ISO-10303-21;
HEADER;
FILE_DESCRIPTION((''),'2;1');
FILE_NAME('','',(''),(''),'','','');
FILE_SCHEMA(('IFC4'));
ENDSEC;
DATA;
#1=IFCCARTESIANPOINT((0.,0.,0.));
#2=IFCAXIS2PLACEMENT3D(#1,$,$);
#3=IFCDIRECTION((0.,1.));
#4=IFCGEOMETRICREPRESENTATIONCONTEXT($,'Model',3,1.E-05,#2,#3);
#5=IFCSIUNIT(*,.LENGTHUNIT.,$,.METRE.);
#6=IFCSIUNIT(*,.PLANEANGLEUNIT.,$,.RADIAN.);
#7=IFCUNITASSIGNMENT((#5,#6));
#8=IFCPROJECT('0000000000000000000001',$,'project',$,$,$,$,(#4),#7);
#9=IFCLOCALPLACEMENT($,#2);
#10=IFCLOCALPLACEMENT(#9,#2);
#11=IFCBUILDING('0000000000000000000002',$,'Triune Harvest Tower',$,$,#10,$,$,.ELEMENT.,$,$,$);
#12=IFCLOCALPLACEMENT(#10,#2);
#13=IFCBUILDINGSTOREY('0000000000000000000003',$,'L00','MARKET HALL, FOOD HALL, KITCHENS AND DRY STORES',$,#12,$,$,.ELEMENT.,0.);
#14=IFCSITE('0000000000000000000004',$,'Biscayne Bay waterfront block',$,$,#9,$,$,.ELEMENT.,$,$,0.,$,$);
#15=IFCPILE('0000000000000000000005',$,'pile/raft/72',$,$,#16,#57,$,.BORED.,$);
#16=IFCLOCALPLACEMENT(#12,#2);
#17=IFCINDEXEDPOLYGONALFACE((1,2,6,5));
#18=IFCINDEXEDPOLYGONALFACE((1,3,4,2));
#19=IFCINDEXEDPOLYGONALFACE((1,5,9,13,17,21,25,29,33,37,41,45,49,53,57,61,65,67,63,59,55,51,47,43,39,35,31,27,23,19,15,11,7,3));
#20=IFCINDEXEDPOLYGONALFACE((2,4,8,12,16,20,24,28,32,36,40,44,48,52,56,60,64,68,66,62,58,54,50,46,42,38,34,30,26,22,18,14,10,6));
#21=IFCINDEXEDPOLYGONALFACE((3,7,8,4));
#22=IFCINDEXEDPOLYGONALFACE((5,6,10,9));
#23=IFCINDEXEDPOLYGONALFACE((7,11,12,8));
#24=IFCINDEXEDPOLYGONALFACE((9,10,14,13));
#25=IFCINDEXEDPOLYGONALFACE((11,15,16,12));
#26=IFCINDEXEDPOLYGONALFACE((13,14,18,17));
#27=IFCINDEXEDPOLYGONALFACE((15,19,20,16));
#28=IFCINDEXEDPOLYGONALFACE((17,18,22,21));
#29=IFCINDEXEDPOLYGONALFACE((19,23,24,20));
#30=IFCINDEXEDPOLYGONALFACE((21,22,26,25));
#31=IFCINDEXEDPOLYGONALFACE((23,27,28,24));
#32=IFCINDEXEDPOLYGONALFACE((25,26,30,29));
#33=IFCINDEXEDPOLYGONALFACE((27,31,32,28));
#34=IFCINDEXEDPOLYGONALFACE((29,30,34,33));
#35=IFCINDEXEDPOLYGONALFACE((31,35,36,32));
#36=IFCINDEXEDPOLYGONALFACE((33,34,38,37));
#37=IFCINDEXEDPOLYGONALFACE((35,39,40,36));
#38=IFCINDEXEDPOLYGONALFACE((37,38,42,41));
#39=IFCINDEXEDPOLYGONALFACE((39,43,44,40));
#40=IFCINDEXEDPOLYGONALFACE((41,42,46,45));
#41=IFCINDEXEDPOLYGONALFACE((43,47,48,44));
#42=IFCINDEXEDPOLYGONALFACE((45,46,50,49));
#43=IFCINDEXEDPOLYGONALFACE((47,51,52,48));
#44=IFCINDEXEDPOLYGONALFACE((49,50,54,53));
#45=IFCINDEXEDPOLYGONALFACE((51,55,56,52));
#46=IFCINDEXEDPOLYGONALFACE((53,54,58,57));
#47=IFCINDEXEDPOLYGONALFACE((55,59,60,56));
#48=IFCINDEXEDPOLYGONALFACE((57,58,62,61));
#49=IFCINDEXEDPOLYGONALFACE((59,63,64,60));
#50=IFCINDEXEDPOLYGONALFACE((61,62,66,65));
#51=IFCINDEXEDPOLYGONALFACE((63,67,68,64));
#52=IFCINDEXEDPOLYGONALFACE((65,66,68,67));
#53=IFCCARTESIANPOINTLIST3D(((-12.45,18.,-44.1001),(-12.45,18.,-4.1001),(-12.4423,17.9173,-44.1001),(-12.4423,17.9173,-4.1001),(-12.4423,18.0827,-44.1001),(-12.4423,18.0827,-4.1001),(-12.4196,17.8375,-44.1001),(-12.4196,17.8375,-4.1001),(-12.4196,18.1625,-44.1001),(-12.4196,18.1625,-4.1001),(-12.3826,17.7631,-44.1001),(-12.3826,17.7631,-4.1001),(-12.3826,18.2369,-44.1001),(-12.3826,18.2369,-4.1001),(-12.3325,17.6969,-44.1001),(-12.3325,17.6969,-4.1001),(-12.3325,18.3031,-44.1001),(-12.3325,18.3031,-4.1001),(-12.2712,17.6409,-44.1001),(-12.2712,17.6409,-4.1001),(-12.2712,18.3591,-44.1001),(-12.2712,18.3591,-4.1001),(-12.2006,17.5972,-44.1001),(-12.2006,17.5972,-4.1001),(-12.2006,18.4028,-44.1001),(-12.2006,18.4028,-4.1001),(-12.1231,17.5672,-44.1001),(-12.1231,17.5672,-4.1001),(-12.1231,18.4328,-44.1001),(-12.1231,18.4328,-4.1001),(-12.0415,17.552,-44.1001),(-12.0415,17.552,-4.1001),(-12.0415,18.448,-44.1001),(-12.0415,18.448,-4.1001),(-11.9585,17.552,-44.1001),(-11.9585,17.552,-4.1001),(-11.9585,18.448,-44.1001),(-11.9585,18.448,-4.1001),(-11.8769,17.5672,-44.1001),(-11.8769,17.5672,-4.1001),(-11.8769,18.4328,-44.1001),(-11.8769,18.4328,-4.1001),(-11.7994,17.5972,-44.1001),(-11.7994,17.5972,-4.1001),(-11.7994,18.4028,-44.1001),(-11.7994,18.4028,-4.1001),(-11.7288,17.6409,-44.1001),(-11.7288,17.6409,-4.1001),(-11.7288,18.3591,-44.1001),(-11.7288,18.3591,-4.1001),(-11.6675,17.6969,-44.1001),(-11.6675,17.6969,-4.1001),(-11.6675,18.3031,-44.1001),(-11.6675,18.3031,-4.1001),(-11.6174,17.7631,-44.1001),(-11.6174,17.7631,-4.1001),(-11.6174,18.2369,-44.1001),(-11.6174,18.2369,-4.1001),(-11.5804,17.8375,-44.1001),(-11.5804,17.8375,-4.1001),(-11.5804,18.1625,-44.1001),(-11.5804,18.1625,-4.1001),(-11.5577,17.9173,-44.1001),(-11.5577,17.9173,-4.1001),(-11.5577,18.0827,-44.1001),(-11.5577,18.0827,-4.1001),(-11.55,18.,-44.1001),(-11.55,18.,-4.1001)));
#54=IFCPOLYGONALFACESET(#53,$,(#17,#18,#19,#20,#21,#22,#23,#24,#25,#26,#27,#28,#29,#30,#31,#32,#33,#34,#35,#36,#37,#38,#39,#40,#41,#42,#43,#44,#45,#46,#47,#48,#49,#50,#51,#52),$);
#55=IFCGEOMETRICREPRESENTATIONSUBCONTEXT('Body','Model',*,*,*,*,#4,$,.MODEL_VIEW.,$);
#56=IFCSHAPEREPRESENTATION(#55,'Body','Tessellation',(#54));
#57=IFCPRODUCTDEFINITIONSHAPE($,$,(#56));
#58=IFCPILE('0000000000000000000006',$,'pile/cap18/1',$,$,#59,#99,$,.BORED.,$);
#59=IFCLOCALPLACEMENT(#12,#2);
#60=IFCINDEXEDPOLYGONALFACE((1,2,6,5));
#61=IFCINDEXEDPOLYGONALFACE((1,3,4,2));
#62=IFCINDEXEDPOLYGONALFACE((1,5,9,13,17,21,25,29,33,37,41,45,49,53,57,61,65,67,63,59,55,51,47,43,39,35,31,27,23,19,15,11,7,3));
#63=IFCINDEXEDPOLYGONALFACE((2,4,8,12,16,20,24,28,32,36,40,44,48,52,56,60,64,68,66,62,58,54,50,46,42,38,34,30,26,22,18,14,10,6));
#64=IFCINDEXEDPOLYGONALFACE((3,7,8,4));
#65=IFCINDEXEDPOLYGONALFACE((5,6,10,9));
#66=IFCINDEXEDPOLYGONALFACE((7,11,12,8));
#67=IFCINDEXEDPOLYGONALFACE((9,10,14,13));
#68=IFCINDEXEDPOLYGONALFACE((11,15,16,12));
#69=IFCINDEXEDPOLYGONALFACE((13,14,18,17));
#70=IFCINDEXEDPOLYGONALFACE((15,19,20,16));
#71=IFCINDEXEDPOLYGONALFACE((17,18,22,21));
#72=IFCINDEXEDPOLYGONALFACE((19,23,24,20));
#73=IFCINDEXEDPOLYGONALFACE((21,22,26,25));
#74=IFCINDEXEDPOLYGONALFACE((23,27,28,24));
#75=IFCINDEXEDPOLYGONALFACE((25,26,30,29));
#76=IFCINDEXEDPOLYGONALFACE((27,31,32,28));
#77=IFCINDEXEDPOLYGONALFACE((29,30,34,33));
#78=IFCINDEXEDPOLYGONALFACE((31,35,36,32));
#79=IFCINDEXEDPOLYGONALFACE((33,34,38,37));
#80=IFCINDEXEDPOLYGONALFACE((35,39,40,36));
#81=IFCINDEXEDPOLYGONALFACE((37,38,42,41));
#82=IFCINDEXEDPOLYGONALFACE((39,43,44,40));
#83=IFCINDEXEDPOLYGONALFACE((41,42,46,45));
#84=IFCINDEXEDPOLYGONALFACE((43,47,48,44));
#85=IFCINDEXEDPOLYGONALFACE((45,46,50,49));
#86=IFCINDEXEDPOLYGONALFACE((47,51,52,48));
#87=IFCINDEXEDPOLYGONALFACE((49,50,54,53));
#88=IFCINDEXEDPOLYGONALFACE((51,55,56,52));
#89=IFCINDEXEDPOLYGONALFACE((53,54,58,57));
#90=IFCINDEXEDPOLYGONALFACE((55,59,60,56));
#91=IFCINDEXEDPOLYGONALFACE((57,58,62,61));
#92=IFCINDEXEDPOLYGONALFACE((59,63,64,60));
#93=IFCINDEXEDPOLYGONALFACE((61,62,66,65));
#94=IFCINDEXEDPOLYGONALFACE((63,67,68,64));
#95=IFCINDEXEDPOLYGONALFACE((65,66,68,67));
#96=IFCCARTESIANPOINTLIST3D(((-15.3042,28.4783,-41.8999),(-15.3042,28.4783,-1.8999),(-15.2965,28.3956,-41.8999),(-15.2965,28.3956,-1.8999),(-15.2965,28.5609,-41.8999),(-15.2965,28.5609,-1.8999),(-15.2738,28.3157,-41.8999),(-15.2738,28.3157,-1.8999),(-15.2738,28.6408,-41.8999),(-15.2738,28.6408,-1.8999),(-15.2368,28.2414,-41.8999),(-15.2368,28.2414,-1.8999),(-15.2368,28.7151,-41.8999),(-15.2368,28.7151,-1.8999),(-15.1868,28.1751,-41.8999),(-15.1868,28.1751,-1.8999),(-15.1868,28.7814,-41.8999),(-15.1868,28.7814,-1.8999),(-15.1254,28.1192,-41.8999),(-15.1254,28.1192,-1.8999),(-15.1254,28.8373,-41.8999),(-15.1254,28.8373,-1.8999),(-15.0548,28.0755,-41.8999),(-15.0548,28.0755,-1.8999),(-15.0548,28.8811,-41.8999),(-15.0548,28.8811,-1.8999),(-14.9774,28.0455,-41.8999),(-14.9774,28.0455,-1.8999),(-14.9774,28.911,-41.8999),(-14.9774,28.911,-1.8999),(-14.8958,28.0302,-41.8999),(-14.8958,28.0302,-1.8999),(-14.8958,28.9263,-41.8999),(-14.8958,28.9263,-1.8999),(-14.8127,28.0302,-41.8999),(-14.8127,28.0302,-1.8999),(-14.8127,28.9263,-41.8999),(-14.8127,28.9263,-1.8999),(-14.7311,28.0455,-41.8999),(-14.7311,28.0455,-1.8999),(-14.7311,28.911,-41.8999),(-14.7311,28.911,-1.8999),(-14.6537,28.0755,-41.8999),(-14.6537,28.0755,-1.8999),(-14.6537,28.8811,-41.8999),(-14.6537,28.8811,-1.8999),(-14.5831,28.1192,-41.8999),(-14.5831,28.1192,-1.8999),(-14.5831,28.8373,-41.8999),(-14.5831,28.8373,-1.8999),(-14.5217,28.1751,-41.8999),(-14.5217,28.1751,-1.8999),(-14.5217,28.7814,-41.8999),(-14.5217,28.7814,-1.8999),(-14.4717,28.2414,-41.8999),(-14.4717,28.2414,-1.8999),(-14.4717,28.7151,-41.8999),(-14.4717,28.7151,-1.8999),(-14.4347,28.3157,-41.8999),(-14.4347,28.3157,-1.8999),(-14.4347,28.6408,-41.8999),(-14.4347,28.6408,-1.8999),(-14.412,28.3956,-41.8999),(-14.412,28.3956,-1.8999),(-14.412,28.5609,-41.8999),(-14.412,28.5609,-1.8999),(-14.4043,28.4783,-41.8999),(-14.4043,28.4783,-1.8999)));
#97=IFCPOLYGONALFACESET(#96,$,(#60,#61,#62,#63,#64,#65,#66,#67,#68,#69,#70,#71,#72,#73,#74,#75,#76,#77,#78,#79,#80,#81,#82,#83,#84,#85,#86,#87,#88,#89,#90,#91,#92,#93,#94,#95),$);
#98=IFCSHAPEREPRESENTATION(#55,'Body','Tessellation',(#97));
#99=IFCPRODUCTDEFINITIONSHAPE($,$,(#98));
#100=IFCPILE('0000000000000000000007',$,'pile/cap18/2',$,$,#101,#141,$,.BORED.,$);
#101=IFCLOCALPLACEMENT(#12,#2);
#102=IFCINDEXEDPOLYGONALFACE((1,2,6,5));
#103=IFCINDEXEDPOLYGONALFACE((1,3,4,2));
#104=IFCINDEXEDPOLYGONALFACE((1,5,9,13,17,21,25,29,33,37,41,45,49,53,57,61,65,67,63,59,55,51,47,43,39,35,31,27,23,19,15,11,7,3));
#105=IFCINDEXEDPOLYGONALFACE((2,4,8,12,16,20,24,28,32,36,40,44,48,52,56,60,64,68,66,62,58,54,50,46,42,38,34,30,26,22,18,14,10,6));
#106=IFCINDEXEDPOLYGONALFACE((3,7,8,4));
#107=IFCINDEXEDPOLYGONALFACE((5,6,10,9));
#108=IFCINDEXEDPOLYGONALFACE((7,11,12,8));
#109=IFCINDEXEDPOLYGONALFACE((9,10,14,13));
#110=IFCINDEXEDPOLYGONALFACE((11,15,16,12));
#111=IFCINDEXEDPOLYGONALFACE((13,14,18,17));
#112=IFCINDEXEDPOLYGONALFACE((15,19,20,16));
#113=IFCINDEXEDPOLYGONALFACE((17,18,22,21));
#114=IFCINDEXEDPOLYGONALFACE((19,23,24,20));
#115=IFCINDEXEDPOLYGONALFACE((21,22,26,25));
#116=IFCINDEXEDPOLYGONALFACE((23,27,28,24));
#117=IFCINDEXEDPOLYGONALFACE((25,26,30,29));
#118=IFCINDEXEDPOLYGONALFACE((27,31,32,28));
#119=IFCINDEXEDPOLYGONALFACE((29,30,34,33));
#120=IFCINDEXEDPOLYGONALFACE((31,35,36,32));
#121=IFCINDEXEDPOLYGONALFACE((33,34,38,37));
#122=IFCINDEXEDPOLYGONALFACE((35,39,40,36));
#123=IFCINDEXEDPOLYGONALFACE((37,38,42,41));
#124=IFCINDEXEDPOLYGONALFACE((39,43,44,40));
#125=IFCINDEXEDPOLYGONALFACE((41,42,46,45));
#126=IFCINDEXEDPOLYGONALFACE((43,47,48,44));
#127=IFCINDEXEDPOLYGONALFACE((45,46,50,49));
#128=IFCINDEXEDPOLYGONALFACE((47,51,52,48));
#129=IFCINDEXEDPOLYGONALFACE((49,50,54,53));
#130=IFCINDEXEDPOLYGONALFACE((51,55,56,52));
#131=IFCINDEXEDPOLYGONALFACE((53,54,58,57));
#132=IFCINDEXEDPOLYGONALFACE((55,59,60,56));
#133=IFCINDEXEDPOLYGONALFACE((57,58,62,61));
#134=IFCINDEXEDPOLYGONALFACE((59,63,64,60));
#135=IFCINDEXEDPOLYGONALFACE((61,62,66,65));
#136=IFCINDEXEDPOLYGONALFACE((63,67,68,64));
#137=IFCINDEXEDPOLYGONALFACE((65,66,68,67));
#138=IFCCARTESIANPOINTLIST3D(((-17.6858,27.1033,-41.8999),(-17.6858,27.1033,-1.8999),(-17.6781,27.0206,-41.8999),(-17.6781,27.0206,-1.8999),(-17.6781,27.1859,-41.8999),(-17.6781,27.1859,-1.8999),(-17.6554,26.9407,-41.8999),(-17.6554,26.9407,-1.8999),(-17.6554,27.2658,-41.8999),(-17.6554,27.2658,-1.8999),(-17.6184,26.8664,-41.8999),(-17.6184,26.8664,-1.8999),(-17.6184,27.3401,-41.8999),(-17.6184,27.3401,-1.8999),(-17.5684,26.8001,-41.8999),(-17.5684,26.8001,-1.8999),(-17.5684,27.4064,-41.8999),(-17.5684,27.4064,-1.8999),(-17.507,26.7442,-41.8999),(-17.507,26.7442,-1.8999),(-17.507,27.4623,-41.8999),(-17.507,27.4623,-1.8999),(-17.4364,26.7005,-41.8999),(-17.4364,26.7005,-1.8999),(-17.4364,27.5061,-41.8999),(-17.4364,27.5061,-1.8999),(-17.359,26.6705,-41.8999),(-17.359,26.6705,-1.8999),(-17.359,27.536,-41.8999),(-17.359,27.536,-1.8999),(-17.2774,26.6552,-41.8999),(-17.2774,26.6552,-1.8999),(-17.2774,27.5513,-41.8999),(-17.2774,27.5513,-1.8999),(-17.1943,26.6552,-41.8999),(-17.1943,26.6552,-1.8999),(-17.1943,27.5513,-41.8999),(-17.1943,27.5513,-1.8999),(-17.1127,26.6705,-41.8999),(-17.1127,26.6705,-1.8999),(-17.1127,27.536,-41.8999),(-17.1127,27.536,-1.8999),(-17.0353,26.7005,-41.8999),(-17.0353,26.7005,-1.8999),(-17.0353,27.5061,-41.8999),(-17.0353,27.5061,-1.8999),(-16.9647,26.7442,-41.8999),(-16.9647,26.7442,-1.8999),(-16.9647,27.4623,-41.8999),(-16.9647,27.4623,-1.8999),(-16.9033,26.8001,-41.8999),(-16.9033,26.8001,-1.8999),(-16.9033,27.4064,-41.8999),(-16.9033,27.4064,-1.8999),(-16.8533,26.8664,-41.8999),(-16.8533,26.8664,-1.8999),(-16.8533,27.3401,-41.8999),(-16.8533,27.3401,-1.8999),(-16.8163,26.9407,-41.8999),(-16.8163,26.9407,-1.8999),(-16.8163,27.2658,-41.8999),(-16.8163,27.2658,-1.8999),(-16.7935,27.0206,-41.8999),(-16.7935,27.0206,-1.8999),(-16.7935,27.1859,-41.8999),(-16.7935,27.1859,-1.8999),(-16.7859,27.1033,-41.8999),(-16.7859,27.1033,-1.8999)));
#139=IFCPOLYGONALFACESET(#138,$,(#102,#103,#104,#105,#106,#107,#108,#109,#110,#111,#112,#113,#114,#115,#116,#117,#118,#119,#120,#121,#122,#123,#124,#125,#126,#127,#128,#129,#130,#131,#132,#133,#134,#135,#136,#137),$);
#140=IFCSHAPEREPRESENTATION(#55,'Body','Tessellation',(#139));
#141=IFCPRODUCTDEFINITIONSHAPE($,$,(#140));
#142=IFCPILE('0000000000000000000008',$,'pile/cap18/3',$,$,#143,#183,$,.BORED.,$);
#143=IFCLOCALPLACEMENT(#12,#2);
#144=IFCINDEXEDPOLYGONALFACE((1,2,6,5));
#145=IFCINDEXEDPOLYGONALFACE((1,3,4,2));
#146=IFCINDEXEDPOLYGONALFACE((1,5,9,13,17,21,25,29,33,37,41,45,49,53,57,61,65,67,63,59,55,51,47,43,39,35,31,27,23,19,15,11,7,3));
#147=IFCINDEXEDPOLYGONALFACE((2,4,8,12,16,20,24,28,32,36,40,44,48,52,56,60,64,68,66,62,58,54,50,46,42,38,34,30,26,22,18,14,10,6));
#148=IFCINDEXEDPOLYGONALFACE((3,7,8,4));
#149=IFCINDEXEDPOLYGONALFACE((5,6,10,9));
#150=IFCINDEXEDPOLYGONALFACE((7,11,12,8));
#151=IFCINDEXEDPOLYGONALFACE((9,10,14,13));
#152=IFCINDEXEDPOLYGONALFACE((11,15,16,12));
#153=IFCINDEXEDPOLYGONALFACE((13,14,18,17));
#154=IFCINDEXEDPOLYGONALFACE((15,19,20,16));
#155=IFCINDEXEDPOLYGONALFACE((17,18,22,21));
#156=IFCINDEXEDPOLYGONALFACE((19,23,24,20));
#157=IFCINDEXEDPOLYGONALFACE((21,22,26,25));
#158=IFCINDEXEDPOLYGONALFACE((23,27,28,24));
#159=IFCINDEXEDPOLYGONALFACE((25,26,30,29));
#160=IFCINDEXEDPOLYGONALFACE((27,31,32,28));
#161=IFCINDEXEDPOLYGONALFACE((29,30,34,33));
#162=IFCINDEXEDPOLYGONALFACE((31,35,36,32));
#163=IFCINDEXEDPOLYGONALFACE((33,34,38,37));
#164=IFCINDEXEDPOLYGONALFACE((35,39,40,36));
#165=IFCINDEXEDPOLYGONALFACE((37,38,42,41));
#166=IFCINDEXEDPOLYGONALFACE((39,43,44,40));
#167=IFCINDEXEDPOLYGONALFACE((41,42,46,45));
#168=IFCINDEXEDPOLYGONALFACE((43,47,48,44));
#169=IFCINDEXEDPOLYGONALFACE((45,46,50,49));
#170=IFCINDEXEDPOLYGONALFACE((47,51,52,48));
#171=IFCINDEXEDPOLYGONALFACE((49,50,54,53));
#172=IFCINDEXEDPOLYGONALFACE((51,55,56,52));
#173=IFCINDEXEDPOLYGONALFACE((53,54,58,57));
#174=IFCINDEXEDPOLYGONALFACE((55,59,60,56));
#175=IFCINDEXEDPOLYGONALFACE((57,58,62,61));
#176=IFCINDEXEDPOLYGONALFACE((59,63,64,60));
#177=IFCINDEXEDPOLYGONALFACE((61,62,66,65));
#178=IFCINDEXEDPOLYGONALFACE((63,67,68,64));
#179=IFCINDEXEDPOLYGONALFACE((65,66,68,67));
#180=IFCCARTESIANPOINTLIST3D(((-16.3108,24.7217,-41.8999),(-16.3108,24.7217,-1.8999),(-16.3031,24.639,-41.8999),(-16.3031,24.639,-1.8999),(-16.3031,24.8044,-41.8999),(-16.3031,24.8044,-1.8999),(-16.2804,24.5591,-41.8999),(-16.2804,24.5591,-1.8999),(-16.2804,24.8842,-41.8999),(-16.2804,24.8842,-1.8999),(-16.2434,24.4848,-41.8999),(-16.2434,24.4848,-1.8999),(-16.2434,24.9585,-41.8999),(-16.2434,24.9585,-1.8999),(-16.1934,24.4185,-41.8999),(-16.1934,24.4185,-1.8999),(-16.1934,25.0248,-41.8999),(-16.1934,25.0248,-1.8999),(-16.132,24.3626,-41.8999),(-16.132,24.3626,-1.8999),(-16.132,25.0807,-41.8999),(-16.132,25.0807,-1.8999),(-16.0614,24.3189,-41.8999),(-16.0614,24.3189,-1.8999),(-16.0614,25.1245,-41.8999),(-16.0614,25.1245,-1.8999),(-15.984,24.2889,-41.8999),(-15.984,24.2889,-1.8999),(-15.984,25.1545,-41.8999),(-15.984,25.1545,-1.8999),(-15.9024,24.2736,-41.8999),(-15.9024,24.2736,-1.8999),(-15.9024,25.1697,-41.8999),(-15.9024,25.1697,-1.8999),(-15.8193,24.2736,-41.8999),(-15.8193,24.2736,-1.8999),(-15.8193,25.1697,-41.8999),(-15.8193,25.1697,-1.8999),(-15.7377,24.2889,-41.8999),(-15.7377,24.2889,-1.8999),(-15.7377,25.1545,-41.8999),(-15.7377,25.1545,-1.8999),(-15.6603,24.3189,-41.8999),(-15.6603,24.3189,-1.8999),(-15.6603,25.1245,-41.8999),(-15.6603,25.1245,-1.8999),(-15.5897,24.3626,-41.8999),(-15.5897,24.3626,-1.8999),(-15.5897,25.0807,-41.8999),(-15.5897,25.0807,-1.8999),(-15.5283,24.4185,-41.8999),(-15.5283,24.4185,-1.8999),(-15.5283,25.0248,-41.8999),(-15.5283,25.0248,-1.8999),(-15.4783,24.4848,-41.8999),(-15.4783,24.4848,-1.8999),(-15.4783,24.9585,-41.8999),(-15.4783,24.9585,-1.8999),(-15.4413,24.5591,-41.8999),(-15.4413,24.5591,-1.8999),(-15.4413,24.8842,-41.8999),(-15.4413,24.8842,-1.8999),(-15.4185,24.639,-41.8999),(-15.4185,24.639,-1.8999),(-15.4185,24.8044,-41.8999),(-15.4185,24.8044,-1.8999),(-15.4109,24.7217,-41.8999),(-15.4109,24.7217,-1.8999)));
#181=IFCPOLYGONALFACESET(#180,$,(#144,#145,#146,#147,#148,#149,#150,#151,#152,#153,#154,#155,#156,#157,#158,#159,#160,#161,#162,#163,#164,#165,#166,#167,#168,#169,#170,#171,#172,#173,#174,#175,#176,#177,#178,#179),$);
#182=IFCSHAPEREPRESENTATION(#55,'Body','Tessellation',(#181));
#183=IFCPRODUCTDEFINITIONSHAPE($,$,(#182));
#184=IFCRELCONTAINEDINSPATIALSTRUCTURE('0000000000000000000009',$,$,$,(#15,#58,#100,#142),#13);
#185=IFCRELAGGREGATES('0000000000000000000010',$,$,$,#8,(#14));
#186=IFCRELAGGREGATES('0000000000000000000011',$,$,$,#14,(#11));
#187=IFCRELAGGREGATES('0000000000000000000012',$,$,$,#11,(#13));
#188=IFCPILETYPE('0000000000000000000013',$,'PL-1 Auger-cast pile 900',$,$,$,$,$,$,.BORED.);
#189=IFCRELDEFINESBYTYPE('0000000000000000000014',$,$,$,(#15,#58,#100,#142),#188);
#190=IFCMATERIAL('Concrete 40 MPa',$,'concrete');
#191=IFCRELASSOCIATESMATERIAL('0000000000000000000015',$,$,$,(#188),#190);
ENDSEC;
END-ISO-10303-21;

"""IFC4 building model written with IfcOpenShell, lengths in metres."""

from ifc_helpers import new_model, si_unit, direction, frame, origin, origin_2d, place, context, subcontext, project, spatial, circle, extrude, source, transform, mapped, material, material_profile, profile_set, type_object, element, save


model = new_model("IFC4")

# Units and contexts
model_context = context("Model", 3, precision=1e-05, world=origin(), true_north=direction((0.0, 1.0)))
body_context = subcontext(model_context, "Body", "Model", "MODEL_VIEW")
ifc_project = project(units=[si_unit("LENGTHUNIT", "METRE"), si_unit("PLANEANGLEUNIT", "RADIAN")], contexts=[model_context])

# Site, building, storey
site_placement = place(None, origin())
site = spatial("IfcSite", under=ifc_project, at=site_placement, Name="Biscayne Bay waterfront block", CompositionType="ELEMENT", RefElevation=0.0)
building_placement = place(site_placement, origin())
building = spatial("IfcBuilding", under=site, at=building_placement, Name="Triune Harvest Tower", CompositionType="ELEMENT")
storey_placement = place(building_placement, origin())
storey = spatial("IfcBuildingStorey", under=building, at=storey_placement, Name="L00", Description="MARKET HALL, FOOD HALL, KITCHENS AND DRY STORES", CompositionType="ELEMENT", Elevation=0.0)

# Piles
ifc_material_1 = material(Name="Concrete 40 MPa", Category="concrete")
ifc_material_profile_1 = material_profile(ifc_material_1, circle(Radius=0.45, at=origin_2d()), Name="Bored 900")
ifc_profile_set_1 = profile_set([ifc_material_profile_1], Name="Concrete 40 MPa")
pile_type = type_object("IfcPileType", Name="PL-1 Auger-cast pile 900", PredefinedType="BORED", material=ifc_profile_set_1)
shared_shape_1 = source(origin(), body_context, "Body", "SweptSolid", [
    extrude(circle(Radius=0.45, at=origin_2d()), origin(), (0.0, 0.0, 1.0), 40.0),
])
for number, where, z_axis, x_axis, name in (
    (1, (-12.0, 18.0, -4.1001), (0.0, 0.0, -1.0), (1.0, 0.0, 0.0), "pile/raft/72"),
    (2, (-14.8542, 28.4783, -1.8999), (0.0, 0.0, -1.0), (1.0, 0.0, 0.0), "pile/cap18/1"),
    (3, (-17.2358, 27.1033, -1.8999), (0.0, 0.0, -1.0), (1.0, 0.0, 0.0), "pile/cap18/2"),
    (4, (-15.8608, 24.7217, -1.8999), (0.0, 0.0, -1.0), (1.0, 0.0, 0.0), "pile/cap18/3"),
):
    element("IfcPile", number, at=place(storey_placement, frame(where, z_axis=z_axis, x_axis=x_axis)), inside=storey, type_object=pile_type, Name=name, PredefinedType="BORED", context=body_context, shape_type="MappedRepresentation", body=[
        mapped(shared_shape_1, transform((0.0, 0.0, 0.0), scale=1.0)),
    ])

save(model, "model.ifc")
